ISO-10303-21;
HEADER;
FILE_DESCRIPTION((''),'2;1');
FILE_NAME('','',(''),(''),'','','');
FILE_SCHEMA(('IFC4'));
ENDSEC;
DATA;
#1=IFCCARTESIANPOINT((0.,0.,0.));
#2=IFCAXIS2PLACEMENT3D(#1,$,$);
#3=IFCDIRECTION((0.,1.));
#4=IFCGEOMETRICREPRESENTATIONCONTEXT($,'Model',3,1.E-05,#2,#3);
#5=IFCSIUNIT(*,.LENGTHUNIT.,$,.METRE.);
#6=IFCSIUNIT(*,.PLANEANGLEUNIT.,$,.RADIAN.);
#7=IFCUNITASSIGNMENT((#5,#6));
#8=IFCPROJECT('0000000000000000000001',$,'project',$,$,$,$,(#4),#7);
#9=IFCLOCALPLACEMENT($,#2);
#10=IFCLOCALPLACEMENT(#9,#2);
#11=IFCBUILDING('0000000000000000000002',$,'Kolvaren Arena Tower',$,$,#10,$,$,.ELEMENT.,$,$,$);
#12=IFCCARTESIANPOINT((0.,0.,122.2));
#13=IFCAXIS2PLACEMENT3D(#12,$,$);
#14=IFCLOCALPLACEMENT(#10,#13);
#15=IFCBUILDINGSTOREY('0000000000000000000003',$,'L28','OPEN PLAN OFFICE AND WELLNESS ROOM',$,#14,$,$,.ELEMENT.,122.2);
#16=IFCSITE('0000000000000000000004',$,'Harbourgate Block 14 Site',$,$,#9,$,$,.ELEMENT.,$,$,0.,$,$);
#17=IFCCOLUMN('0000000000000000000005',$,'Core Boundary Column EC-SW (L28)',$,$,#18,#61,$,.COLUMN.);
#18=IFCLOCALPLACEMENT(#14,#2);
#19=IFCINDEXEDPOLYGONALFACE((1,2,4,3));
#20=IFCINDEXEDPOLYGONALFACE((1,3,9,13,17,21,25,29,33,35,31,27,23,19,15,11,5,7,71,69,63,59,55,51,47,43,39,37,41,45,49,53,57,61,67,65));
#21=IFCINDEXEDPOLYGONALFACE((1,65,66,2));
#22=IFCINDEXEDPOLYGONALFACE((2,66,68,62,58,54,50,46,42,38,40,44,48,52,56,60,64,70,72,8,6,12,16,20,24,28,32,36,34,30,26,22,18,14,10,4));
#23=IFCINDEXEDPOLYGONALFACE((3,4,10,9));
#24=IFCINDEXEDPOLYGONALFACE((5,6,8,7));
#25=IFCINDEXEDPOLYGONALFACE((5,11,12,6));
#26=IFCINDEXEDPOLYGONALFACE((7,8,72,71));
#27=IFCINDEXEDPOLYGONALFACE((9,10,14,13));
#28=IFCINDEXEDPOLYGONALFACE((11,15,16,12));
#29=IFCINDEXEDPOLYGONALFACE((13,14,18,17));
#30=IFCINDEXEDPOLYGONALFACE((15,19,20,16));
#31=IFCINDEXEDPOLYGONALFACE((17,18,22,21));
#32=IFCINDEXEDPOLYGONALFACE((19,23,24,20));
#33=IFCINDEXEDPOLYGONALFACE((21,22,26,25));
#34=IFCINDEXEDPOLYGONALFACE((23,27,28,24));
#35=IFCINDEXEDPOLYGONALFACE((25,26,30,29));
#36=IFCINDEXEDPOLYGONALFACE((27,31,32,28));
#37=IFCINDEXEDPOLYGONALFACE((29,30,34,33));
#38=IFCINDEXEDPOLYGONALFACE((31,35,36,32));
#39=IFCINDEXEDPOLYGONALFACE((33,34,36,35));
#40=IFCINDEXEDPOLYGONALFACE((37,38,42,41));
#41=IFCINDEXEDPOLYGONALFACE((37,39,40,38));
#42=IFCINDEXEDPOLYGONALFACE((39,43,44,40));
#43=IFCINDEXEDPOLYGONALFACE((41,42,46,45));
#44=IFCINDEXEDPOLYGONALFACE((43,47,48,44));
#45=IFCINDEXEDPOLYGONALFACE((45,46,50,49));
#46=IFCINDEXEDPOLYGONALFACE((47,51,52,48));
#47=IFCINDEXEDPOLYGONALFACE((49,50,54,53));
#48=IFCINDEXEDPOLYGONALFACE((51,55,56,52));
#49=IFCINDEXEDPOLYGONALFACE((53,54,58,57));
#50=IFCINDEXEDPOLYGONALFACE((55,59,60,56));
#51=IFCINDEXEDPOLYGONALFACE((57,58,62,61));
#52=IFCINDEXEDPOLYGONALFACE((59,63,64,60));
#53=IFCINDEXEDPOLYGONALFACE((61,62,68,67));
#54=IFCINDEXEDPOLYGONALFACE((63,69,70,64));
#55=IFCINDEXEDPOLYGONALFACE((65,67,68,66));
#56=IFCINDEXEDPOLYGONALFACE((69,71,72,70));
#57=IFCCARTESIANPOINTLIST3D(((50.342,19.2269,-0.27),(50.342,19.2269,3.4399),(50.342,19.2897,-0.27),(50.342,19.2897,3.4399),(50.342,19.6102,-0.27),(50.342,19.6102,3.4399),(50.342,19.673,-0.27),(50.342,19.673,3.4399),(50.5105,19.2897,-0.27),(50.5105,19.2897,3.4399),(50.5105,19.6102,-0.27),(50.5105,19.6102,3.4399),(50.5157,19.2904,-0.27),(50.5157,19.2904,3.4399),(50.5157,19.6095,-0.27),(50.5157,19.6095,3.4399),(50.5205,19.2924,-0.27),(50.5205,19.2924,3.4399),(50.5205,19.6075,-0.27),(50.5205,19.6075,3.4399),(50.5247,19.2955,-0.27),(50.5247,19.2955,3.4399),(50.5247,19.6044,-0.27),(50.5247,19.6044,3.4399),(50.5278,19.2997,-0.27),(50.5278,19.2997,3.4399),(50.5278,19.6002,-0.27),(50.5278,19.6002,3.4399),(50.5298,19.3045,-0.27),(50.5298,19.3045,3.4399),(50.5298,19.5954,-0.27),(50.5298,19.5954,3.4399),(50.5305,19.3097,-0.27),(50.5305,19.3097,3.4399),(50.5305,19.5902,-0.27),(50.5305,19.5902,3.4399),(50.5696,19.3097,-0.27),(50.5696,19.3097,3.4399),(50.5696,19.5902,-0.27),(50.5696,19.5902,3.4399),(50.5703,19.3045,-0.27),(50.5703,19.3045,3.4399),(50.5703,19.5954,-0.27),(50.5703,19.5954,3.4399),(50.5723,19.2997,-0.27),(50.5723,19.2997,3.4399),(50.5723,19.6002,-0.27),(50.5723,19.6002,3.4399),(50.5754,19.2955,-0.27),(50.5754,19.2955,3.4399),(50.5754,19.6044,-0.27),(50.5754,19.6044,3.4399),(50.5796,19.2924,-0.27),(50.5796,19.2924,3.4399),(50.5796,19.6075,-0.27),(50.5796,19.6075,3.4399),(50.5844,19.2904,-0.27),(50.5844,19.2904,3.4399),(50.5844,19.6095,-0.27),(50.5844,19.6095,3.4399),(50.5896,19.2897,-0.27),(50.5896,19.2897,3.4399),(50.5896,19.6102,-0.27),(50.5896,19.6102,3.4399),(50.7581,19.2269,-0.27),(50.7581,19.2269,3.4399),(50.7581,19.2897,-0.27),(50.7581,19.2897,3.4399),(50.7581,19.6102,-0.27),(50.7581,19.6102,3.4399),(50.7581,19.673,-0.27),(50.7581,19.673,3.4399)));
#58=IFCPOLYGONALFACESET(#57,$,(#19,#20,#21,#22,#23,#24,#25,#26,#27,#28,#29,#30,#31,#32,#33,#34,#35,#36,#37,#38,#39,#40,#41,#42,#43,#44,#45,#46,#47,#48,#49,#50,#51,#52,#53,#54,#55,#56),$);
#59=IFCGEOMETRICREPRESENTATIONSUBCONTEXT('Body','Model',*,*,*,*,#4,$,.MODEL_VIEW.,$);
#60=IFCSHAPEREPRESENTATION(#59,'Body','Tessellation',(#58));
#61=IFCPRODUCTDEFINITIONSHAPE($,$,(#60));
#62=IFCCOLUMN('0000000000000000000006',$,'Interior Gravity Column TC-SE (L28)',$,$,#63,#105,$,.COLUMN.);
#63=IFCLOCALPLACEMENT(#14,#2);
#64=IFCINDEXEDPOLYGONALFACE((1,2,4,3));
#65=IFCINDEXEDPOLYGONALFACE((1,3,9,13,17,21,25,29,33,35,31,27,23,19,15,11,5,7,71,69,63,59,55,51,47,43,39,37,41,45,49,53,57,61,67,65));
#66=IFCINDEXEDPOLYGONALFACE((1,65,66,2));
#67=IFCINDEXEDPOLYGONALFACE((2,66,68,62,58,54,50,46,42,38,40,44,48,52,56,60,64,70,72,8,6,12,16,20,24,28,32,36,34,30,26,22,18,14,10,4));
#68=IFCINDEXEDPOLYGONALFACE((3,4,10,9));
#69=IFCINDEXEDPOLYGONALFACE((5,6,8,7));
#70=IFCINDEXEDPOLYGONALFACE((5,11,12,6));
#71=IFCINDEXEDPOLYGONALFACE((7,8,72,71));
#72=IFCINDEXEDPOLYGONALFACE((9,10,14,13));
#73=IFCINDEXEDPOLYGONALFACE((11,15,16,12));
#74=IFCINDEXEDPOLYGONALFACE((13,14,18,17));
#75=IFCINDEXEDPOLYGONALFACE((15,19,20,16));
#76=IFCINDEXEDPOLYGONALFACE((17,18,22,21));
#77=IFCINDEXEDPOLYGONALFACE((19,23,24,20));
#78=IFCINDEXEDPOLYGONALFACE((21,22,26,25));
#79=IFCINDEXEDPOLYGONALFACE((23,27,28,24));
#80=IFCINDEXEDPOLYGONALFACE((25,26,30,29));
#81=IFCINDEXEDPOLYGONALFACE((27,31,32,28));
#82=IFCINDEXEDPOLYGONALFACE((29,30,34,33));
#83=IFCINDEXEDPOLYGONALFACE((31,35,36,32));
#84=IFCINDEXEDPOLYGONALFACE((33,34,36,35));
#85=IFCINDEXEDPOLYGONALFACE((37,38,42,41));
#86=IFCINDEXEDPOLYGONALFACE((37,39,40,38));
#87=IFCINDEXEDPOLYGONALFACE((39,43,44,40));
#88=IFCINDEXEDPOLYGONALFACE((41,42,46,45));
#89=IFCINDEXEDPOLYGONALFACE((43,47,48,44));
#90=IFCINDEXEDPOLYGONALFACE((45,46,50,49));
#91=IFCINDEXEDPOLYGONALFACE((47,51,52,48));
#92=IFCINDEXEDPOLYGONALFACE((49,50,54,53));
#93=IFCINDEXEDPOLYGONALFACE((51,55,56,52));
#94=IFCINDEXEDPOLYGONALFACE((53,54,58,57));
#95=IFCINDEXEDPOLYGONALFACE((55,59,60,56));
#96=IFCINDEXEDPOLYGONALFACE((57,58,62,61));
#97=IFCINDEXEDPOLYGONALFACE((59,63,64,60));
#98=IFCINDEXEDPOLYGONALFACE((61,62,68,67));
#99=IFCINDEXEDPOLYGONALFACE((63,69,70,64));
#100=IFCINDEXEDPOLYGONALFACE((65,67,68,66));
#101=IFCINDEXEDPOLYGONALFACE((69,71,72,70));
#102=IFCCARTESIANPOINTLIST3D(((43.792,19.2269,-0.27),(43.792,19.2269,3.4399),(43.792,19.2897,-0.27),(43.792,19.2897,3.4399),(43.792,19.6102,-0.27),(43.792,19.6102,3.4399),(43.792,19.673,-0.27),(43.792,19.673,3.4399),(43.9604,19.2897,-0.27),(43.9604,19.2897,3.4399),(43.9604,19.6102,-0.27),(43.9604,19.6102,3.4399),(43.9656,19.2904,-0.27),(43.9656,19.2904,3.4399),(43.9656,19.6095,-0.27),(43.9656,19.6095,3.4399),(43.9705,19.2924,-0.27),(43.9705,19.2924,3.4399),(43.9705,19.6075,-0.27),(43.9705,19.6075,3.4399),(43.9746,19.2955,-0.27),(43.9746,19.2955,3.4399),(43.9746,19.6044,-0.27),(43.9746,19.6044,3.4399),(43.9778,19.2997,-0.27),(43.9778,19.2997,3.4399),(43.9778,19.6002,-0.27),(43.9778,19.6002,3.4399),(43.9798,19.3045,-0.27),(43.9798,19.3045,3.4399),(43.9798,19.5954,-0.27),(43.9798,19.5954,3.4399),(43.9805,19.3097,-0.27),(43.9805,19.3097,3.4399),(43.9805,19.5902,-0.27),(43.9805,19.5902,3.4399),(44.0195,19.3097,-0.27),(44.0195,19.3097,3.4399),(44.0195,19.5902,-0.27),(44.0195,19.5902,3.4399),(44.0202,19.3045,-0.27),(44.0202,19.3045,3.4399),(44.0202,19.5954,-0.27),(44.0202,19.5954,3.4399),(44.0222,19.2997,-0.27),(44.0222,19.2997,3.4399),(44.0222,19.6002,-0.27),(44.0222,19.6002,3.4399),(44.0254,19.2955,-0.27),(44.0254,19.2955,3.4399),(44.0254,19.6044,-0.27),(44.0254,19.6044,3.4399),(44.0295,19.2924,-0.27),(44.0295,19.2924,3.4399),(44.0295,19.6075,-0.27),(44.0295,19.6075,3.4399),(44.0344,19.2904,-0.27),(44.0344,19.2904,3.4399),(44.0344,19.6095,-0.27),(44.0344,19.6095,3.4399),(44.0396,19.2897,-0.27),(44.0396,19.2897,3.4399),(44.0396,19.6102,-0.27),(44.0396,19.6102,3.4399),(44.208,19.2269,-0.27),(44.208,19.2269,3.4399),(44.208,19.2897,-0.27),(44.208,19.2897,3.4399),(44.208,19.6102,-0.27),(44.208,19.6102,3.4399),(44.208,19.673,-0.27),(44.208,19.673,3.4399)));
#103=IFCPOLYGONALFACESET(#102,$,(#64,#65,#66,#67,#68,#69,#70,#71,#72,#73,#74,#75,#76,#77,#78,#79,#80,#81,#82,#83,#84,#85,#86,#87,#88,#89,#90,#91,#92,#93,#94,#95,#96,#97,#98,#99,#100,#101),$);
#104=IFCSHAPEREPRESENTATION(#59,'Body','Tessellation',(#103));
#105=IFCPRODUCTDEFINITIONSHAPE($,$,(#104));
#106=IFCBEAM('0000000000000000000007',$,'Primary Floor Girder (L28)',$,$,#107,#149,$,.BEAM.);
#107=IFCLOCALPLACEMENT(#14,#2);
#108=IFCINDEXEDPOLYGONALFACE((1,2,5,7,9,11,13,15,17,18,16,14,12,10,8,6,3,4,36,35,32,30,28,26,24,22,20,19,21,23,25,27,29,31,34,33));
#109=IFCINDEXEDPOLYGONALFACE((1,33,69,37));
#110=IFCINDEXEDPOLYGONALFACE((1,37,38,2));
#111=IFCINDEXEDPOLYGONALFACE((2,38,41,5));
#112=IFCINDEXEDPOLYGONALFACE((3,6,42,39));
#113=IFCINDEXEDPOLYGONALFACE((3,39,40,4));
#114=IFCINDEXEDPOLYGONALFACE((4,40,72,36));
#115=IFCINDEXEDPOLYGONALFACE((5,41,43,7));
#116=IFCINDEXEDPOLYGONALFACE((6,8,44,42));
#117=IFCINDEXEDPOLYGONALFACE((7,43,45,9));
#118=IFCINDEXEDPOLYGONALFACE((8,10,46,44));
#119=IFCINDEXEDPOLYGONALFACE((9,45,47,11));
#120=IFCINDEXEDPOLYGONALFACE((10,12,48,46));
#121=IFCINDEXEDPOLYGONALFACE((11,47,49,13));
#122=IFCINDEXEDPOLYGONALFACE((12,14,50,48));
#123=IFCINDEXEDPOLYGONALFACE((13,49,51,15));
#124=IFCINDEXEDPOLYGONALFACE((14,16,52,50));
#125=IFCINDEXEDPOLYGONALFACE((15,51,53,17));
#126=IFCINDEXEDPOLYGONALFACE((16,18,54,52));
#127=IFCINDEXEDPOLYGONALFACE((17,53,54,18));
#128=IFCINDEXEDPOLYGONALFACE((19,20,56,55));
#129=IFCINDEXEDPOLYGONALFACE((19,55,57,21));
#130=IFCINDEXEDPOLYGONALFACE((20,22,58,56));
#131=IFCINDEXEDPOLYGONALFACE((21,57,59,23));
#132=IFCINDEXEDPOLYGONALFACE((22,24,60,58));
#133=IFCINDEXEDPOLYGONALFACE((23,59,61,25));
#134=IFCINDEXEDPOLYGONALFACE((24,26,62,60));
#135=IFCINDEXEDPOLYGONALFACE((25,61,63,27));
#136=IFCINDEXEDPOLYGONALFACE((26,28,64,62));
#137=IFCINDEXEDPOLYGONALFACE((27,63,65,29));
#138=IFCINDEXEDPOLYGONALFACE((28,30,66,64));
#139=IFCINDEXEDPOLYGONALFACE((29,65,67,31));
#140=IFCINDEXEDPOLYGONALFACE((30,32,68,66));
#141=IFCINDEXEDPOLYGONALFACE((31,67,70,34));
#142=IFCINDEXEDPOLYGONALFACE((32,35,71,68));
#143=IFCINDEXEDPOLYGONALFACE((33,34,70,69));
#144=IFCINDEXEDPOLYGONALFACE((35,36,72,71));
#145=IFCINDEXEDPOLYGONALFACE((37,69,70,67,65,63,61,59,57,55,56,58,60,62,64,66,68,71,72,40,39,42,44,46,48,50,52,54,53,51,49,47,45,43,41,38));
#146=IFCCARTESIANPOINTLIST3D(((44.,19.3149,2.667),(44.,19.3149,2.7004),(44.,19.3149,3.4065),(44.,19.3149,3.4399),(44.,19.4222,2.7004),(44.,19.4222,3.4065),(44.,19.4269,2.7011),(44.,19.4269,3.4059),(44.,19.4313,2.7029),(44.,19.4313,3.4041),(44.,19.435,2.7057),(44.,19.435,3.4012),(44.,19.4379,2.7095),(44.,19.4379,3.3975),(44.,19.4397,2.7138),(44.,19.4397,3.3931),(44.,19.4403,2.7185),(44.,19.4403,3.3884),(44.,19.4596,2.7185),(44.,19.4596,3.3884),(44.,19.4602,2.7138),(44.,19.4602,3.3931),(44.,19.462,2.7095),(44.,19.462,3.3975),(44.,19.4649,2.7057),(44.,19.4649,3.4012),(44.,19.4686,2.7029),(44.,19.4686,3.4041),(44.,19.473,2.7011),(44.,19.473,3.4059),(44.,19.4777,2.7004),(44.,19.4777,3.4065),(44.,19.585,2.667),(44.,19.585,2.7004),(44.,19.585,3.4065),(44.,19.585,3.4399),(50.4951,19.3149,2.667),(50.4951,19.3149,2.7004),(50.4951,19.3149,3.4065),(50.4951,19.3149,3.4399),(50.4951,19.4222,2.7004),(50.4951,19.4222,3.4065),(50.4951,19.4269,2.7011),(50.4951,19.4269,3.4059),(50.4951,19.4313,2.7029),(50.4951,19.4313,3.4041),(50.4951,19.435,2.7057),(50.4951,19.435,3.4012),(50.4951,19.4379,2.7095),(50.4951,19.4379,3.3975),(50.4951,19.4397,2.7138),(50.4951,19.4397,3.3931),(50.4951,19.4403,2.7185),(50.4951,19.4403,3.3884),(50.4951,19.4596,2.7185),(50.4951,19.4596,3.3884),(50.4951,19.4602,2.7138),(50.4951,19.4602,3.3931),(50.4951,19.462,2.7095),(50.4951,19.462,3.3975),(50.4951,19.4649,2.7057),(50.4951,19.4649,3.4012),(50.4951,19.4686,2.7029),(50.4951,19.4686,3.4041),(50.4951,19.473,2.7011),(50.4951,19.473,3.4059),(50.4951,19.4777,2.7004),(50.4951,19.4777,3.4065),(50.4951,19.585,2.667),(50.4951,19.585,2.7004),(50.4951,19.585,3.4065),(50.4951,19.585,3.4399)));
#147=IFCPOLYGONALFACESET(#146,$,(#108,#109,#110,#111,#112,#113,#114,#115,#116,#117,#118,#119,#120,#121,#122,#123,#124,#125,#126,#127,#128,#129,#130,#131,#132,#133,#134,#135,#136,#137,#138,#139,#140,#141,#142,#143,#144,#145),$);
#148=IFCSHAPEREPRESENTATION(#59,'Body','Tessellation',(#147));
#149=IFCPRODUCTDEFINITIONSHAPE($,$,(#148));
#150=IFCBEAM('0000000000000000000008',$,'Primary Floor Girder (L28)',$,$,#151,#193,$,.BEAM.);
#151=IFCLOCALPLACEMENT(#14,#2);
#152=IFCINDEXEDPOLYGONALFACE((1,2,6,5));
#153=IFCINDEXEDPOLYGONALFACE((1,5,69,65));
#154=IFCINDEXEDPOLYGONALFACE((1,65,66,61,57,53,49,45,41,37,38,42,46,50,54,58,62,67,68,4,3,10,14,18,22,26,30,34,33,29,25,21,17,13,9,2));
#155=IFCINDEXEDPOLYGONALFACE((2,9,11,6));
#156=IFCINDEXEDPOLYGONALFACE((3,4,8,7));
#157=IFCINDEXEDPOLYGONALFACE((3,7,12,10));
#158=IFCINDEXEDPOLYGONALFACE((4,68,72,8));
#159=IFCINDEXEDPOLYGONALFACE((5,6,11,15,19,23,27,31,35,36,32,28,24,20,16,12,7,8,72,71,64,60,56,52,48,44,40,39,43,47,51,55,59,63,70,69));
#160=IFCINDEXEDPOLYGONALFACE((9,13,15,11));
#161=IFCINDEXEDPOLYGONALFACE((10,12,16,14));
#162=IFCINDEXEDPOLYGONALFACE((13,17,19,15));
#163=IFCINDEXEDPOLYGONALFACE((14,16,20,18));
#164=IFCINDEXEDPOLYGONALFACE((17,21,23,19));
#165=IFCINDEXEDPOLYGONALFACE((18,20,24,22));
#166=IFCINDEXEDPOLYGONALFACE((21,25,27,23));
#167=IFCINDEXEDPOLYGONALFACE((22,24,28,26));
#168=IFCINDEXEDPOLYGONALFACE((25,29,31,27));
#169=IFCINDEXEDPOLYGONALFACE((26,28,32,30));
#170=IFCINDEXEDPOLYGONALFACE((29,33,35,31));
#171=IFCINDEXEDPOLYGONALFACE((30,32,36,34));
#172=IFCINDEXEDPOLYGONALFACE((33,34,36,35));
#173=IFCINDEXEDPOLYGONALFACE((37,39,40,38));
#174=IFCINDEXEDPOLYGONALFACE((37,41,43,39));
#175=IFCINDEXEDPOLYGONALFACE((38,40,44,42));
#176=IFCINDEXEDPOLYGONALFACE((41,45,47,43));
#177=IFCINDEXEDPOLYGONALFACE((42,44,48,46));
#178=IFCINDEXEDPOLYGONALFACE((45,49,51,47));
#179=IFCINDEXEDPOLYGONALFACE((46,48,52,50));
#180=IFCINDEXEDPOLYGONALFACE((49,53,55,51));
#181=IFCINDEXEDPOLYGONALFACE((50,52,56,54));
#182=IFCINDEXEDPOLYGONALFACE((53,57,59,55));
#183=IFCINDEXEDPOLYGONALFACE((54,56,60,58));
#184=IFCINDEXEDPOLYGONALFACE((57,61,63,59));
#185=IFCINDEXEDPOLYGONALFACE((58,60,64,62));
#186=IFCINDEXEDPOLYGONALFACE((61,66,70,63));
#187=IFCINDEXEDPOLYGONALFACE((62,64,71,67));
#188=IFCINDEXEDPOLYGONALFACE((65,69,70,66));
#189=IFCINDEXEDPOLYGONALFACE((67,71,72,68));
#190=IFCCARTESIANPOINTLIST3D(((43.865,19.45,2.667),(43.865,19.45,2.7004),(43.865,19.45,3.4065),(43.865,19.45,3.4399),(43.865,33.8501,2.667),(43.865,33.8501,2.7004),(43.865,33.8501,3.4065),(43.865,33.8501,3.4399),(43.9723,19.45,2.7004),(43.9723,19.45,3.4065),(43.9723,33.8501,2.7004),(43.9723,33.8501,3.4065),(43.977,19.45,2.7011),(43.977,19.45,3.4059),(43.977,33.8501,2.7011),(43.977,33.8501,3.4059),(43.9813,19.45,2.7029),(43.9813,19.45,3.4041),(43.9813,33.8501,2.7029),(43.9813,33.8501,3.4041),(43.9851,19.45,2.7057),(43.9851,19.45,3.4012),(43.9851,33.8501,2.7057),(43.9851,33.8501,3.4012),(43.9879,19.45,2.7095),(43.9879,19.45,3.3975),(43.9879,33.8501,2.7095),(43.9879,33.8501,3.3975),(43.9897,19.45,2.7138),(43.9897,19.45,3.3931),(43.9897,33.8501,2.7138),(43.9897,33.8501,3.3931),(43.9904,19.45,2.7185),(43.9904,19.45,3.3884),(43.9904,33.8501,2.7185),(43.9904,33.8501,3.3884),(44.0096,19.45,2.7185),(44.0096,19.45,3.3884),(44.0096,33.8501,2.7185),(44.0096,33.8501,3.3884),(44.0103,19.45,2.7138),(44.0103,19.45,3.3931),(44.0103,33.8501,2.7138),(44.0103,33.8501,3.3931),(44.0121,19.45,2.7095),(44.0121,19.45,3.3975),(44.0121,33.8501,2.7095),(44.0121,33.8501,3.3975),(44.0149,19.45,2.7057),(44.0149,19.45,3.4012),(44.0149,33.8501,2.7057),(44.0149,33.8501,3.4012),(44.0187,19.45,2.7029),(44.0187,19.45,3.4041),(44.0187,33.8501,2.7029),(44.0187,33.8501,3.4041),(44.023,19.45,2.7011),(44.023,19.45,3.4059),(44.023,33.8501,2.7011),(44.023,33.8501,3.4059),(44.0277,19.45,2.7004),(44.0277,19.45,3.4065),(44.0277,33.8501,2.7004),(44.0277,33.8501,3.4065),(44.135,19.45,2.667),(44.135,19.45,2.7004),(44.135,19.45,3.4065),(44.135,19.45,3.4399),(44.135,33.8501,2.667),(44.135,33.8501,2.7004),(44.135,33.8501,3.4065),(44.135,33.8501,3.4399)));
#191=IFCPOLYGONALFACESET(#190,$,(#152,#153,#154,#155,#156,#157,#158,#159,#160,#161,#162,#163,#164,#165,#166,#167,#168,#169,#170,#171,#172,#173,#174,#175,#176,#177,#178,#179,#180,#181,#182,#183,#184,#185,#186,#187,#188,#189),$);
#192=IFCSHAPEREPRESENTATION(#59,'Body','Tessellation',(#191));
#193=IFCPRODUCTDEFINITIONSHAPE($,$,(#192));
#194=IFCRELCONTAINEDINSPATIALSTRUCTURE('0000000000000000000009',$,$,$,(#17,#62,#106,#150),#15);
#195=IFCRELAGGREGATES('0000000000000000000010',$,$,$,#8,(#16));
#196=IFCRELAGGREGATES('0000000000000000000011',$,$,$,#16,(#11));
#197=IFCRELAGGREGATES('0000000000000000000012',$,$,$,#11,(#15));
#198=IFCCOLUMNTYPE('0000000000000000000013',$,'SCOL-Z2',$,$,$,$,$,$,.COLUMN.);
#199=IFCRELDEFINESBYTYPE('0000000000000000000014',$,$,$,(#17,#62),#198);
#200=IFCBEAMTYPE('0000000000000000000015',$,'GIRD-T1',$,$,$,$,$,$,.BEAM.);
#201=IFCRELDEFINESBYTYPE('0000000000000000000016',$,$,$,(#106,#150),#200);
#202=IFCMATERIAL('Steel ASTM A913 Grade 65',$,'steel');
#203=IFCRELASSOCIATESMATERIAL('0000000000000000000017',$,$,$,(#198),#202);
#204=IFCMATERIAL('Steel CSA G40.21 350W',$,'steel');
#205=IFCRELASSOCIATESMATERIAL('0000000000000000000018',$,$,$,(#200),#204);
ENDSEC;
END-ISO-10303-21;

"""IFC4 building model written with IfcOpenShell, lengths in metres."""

from ifc_helpers import new_model, si_unit, direction, frame, origin, origin_2d, place, context, subcontext, project, spatial, i_section, extrude, material, material_profile, profile_set, type_object, element, save


model = new_model("IFC4")

# Units and contexts
model_context = context("Model", 3, precision=1e-05, world=origin(), true_north=direction((0.0, 1.0)))
body_context = subcontext(model_context, "Body", "Model", "MODEL_VIEW")
ifc_project = project(units=[si_unit("LENGTHUNIT", "METRE"), si_unit("PLANEANGLEUNIT", "RADIAN")], contexts=[model_context])

# Site, building, storey
site_placement = place(None, origin())
site = spatial("IfcSite", under=ifc_project, at=site_placement, Name="Harbourgate Block 14 Site", CompositionType="ELEMENT", RefElevation=0.0)
building_placement = place(site_placement, origin())
building = spatial("IfcBuilding", under=site, at=building_placement, Name="Kolvaren Arena Tower", CompositionType="ELEMENT")
storey_placement = place(building_placement, frame((0.0, 0.0, 122.2)))
storey = spatial("IfcBuildingStorey", under=building, at=storey_placement, Name="L28", Description="OPEN PLAN OFFICE AND WELLNESS ROOM", CompositionType="ELEMENT", Elevation=122.2)

# Columns
ifc_material_1 = material(Name="Steel ASTM A913 Grade 65", Category="steel")
ifc_material_profile_1 = material_profile(ifc_material_1, i_section(OverallWidth=0.416, OverallDepth=0.446, WebThickness=0.0391, FlangeThickness=0.0627, FilletRadius=0.02, at=origin_2d()), Name="W360x509")
ifc_profile_set_1 = profile_set([ifc_material_profile_1], Name="Steel ASTM A913 Grade 65")
column_type = type_object("IfcColumnType", Name="SCOL-Z2", PredefinedType="COLUMN", material=ifc_profile_set_1)
for number, where, z_axis, x_axis, name in (
    (1, (50.55, 19.45, -0.27), (0.0, 0.0, 1.0), (1.0, 0.0, 0.0), "Core Boundary Column EC-SW (L28)"),
    (2, (44.0, 19.45, -0.27), (0.0, 0.0, 1.0), (1.0, 0.0, 0.0), "Interior Gravity Column TC-SE (L28)"),
):
    element("IfcColumn", number, at=place(storey_placement, frame(where, z_axis=z_axis, x_axis=x_axis)), inside=storey, type_object=column_type, Name=name, PredefinedType="COLUMN", context=body_context, shape_type="SweptSolid", body=[
        extrude(i_section(OverallWidth=0.416, OverallDepth=0.446, WebThickness=0.0391, FlangeThickness=0.0627, FilletRadius=0.02, at=origin_2d()), origin(), (0.0, 0.0, 1.0), 3.71),
    ])

# Beams
ifc_material_2 = material(Name="Steel CSA G40.21 350W", Category="steel")
ifc_material_profile_2 = material_profile(ifc_material_2, i_section(OverallWidth=0.27, OverallDepth=0.7729, WebThickness=0.0193, FlangeThickness=0.0334, FilletRadius=0.0181, at=origin_2d()), Name="W760x257")
ifc_profile_set_2 = profile_set([ifc_material_profile_2], Name="Steel CSA G40.21 350W")
beam_type_1 = type_object("IfcBeamType", Name="GIRD-T1", PredefinedType="BEAM", material=ifc_profile_set_2)
beam_1_placement = place(storey_placement, frame((44.0, 19.45, 3.0535), z_axis=(1.0, 0.0, 0.0), x_axis=(0.0, 1.0, 0.0)))
element("IfcBeam", 3, at=beam_1_placement, inside=storey, type_object=beam_type_1, Name="Primary Floor Girder (L28)", PredefinedType="BEAM", context=body_context, shape_type="SweptSolid", body=[
    extrude(i_section(OverallWidth=0.27, OverallDepth=0.7729, WebThickness=0.0193, FlangeThickness=0.0334, FilletRadius=0.0181, at=origin_2d()), origin(), (0.0, 0.0, 1.0), 6.4951),
])
beam_2_placement = place(storey_placement, frame((44.0, 19.45, 3.0535), z_axis=(0.0, 1.0, 0.0), x_axis=(-1.0, 0.0, 0.0)))
element("IfcBeam", 4, at=beam_2_placement, inside=storey, type_object=beam_type_1, Name="Primary Floor Girder (L28)", PredefinedType="BEAM", context=body_context, shape_type="SweptSolid", body=[
    extrude(i_section(OverallWidth=0.27, OverallDepth=0.7729, WebThickness=0.0193, FlangeThickness=0.0334, FilletRadius=0.0181, at=origin_2d()), origin(), (0.0, 0.0, 1.0), 14.4001),
])

save(model, "model.ifc")
